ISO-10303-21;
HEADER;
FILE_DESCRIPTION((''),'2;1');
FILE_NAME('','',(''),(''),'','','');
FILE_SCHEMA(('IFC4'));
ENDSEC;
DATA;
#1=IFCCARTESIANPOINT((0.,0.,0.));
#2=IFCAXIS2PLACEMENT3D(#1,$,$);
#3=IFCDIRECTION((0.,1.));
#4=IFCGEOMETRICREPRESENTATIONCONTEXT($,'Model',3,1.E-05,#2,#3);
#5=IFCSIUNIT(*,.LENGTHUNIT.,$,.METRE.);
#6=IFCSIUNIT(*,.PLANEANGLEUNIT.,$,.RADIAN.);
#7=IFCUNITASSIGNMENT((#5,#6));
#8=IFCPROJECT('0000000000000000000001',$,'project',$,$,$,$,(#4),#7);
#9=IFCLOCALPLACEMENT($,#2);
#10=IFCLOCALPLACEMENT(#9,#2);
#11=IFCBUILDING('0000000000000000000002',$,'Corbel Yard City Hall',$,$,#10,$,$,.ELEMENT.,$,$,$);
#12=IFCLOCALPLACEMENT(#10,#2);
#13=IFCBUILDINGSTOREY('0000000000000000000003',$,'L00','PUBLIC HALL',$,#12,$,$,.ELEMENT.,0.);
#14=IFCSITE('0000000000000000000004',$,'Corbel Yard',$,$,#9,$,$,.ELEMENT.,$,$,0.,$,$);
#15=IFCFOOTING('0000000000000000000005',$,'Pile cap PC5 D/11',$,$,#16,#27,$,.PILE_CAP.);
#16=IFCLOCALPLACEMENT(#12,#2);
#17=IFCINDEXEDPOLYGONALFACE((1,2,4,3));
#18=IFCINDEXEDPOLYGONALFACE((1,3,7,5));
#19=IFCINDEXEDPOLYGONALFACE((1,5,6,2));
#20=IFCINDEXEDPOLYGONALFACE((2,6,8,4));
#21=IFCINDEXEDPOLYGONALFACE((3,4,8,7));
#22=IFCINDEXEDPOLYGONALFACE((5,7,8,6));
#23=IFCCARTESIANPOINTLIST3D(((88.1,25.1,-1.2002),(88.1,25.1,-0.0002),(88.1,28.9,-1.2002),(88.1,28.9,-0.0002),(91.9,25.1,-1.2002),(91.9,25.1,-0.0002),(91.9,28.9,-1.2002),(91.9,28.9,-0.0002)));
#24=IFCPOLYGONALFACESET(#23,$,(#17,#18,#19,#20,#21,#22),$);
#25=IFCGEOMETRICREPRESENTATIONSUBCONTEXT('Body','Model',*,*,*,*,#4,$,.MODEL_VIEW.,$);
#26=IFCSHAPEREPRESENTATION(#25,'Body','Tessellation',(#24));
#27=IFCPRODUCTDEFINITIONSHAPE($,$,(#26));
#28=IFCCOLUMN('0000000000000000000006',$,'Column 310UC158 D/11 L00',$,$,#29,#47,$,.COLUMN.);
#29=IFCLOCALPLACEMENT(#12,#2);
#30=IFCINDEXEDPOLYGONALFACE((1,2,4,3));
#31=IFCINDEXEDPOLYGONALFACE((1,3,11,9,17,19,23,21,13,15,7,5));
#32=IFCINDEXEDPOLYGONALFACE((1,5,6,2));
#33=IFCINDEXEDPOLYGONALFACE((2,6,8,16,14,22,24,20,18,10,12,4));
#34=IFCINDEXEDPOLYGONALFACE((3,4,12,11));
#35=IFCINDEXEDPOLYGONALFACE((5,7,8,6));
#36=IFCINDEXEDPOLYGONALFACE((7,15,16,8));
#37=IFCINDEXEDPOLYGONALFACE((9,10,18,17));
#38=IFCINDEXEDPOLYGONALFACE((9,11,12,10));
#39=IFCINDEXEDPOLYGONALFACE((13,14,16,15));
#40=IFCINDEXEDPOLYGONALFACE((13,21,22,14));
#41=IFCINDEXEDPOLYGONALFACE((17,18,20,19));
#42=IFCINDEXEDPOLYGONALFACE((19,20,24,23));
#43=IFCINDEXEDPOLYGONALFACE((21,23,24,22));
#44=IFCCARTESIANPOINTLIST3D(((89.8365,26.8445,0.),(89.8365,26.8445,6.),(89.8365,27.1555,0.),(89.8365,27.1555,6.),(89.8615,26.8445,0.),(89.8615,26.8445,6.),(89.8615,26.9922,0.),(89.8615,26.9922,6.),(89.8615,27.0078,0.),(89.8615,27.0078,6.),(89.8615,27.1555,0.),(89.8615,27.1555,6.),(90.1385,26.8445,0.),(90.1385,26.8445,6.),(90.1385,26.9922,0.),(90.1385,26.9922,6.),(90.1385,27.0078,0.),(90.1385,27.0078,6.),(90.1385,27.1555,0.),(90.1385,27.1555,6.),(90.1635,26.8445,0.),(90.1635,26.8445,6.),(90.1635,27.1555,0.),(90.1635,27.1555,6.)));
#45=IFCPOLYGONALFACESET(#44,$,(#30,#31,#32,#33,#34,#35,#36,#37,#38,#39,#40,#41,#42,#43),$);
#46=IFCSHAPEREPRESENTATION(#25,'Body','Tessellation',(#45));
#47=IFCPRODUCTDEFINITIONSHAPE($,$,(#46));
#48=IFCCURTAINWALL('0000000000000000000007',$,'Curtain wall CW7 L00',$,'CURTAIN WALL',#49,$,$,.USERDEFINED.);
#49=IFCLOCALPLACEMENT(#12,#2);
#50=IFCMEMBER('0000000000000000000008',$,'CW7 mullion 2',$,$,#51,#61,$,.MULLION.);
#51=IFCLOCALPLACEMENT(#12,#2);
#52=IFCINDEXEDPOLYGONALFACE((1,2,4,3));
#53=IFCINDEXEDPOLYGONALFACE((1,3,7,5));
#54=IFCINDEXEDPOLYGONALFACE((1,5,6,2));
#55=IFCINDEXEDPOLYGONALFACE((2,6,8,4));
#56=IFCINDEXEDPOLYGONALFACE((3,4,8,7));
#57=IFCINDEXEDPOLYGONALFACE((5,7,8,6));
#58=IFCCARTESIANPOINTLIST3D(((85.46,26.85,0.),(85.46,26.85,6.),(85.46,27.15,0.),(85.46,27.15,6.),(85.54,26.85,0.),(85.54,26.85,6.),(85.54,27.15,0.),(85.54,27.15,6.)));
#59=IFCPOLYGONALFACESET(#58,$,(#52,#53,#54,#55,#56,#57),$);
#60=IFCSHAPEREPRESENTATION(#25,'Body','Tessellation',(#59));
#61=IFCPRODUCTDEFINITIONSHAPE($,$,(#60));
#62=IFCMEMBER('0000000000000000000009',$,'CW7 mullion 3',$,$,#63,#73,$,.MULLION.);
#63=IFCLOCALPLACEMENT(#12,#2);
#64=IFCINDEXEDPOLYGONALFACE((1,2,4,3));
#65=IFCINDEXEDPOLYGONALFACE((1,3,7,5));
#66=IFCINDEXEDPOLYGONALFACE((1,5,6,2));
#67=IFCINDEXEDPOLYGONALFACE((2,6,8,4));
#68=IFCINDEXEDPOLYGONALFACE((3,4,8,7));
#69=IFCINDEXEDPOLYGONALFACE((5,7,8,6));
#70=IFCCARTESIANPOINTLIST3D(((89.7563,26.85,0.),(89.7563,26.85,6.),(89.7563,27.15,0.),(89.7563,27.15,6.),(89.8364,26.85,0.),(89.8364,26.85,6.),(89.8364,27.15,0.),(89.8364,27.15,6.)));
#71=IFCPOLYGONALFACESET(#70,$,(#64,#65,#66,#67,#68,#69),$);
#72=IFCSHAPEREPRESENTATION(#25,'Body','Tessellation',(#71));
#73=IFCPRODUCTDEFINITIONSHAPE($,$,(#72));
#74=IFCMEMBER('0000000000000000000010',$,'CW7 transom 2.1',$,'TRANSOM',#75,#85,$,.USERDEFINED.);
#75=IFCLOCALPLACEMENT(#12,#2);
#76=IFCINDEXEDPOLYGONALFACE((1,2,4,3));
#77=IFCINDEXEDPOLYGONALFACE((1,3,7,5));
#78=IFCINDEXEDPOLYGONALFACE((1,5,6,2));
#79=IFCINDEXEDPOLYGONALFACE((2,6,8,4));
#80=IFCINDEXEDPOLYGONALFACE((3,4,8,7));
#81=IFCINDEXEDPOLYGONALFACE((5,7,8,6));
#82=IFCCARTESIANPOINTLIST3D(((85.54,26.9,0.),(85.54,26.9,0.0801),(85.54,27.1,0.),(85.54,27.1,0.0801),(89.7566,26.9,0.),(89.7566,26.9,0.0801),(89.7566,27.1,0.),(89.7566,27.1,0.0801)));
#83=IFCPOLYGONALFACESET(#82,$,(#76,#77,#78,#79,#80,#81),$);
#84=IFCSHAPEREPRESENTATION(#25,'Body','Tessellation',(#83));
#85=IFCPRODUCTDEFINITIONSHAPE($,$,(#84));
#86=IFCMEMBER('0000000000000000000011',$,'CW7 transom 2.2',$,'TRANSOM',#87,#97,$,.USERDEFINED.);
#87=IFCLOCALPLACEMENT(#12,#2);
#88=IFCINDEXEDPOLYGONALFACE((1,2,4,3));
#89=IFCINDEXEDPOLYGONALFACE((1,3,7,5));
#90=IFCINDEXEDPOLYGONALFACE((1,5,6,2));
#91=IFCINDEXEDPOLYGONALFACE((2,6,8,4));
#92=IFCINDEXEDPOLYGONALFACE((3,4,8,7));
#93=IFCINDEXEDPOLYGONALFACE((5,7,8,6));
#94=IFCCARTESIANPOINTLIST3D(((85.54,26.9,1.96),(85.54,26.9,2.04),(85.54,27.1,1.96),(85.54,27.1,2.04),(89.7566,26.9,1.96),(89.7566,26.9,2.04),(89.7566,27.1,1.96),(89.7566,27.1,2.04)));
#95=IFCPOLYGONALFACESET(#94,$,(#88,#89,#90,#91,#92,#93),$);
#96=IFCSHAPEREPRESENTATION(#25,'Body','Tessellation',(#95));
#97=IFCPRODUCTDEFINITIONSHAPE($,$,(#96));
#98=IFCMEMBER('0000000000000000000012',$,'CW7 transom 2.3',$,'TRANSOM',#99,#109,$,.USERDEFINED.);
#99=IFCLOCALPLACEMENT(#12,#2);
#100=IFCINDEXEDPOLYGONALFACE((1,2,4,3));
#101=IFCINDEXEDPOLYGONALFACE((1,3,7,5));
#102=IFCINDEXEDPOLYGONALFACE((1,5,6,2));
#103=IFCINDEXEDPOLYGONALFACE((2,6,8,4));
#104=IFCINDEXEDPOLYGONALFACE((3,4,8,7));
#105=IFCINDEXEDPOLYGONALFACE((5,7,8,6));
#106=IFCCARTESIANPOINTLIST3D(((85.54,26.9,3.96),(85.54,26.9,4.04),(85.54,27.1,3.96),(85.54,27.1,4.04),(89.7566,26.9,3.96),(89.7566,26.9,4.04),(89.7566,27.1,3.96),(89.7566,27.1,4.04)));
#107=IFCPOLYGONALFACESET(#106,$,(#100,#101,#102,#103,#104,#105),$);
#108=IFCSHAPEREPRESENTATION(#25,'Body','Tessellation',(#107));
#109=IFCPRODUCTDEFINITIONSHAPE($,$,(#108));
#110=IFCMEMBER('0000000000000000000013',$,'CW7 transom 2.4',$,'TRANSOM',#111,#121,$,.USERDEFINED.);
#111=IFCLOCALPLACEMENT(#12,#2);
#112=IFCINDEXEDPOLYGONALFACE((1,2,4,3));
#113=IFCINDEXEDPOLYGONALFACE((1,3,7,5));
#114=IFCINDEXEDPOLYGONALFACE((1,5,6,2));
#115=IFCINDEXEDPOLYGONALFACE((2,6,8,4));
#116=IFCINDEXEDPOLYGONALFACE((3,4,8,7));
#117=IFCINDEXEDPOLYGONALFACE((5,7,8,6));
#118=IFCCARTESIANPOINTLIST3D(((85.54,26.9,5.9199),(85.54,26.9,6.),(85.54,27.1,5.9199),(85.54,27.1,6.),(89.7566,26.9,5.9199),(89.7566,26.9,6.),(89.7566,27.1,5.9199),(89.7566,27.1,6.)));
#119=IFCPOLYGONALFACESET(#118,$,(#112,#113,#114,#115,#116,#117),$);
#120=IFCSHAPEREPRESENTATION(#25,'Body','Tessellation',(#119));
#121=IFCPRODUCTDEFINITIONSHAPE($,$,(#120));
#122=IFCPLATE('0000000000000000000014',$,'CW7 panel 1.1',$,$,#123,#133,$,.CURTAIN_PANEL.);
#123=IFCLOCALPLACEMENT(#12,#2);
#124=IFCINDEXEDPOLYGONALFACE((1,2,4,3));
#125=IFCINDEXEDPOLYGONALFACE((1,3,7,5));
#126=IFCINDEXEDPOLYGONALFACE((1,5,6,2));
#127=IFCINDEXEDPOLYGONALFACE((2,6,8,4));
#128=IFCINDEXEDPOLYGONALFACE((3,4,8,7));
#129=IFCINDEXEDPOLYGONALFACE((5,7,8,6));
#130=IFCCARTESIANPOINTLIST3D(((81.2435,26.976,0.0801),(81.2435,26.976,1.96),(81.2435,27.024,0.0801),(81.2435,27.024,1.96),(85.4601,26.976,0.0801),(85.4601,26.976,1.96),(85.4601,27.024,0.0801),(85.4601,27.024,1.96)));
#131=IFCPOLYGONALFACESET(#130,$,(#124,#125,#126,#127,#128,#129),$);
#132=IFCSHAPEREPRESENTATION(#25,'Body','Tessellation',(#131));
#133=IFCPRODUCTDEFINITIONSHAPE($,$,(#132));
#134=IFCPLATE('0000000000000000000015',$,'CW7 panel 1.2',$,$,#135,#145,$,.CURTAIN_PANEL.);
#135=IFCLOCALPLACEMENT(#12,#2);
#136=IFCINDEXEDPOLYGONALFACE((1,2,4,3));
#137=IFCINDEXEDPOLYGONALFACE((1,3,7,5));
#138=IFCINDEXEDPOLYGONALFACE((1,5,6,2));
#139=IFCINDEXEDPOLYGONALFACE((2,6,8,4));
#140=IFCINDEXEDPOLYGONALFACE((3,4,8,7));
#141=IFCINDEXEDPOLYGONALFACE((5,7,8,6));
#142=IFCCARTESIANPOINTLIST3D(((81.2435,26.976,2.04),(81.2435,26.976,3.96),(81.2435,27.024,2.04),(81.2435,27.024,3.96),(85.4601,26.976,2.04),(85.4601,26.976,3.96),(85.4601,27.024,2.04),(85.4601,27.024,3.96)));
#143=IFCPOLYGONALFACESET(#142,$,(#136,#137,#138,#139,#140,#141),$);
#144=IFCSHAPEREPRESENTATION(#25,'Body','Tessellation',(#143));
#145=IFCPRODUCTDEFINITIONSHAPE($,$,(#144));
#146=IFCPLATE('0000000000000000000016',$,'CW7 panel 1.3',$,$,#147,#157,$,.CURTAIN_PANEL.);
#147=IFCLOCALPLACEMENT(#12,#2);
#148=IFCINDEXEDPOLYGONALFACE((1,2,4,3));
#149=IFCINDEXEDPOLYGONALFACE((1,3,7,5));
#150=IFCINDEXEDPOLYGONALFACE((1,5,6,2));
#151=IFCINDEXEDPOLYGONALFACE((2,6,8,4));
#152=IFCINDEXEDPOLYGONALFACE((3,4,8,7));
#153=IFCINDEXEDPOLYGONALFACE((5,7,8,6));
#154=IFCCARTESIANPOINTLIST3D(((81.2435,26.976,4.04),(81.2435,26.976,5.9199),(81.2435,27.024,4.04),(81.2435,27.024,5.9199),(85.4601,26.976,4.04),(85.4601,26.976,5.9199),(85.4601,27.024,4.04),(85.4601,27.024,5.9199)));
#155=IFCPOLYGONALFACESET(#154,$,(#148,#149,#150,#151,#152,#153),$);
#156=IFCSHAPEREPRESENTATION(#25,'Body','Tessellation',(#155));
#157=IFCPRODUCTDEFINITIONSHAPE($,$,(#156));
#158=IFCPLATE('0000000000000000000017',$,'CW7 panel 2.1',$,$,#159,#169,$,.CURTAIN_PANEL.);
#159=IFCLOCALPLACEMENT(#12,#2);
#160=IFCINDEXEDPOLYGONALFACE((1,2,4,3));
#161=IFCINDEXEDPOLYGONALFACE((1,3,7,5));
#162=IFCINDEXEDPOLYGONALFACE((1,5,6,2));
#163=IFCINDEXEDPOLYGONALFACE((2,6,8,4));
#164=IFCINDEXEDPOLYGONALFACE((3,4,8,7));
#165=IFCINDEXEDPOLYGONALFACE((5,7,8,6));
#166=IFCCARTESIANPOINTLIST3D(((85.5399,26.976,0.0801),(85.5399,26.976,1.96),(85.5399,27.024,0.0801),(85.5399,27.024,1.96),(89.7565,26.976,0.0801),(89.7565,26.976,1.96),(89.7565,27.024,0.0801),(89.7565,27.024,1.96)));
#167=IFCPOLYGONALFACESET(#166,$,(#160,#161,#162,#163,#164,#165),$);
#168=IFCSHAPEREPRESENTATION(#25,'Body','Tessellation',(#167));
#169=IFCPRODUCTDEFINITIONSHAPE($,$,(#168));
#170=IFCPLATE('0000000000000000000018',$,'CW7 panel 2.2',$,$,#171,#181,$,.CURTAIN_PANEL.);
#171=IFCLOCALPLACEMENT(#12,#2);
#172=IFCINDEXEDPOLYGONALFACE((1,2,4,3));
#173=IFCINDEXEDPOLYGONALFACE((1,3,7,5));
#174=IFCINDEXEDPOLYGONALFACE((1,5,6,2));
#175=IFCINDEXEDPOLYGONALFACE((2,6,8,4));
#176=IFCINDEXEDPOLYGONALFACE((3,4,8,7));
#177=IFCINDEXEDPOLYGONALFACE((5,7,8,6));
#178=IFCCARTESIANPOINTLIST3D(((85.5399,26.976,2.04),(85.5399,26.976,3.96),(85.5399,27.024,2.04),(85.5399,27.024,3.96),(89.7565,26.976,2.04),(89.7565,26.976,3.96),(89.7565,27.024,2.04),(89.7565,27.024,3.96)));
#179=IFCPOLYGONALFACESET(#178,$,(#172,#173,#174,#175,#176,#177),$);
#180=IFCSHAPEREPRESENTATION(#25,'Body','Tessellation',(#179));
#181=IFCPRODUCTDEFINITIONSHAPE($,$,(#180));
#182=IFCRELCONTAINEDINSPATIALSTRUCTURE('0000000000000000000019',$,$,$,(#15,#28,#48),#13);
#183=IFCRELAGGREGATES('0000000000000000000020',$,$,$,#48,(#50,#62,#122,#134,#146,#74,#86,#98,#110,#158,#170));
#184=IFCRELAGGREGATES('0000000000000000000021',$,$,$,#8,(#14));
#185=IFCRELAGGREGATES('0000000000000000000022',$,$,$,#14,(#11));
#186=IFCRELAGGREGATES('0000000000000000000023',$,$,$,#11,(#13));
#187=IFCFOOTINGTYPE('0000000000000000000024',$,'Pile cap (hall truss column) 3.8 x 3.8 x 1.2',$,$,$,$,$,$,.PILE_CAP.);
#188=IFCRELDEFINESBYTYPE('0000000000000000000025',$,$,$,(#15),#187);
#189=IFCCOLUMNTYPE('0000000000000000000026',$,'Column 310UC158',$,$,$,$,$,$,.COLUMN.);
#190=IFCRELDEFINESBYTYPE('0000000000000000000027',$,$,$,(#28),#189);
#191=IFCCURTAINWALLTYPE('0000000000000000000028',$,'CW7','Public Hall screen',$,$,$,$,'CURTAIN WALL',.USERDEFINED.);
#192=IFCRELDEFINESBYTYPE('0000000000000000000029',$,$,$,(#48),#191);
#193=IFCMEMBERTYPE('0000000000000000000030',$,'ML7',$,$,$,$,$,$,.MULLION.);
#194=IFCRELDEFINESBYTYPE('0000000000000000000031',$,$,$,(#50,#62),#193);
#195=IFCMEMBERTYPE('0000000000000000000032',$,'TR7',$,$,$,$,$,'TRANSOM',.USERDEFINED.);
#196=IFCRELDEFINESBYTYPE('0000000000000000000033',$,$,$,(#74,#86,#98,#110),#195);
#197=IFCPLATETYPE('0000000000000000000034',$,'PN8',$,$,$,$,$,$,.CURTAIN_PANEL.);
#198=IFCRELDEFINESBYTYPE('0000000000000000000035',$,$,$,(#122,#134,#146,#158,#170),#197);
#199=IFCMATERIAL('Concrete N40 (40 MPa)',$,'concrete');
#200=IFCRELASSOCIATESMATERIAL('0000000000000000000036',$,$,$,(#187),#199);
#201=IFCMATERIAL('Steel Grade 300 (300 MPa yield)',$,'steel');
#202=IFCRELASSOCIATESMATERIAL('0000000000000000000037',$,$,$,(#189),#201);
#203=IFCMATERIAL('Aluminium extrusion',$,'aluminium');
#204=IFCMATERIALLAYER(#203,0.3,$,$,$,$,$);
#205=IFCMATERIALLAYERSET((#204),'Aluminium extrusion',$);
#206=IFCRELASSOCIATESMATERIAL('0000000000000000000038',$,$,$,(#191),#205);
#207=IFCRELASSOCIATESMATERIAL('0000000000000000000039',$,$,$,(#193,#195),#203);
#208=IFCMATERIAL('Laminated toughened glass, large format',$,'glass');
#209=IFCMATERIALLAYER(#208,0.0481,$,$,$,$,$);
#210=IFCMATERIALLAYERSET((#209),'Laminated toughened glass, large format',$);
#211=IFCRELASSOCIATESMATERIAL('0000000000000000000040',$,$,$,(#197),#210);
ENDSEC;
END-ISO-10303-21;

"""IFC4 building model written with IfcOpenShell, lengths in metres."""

from ifc_helpers import new_model, si_unit, direction, frame, origin, origin_2d, place, context, subcontext, project, spatial, rectangle, i_section, extrude, material, layer, layer_set, material_profile, profile_set, type_object, element, aggregate, save


model = new_model("IFC4")

# Units and contexts
model_context = context("Model", 3, precision=1e-05, world=origin(), true_north=direction((0.0, 1.0)))
body_context = subcontext(model_context, "Body", "Model", "MODEL_VIEW")
ifc_project = project(units=[si_unit("LENGTHUNIT", "METRE"), si_unit("PLANEANGLEUNIT", "RADIAN")], contexts=[model_context])

# Site, building, storey
site_placement = place(None, origin())
site = spatial("IfcSite", under=ifc_project, at=site_placement, Name="Corbel Yard", CompositionType="ELEMENT", RefElevation=0.0)
building_placement = place(site_placement, origin())
building = spatial("IfcBuilding", under=site, at=building_placement, Name="Corbel Yard City Hall", CompositionType="ELEMENT")
storey_placement = place(building_placement, origin())
storey = spatial("IfcBuildingStorey", under=building, at=storey_placement, Name="L00", Description="PUBLIC HALL", CompositionType="ELEMENT", Elevation=0.0)

# Shared definitions
ifc_material_1 = material(Name="Concrete N40 (40 MPa)", Category="concrete")

# Footing
footing_type_1 = type_object("IfcFootingType", Name="Pile cap (hall truss column) 3.8 x 3.8 x 1.2", PredefinedType="PILE_CAP", material=ifc_material_1)
footing_placement = place(storey_placement, frame((90.0, 27.0, -1.2002), z_axis=(0.0, 0.0, 1.0), x_axis=(1.0, 0.0, 0.0)))
element("IfcFooting", 1, at=footing_placement, inside=storey, type_object=footing_type_1, Name="Pile cap PC5 D/11", PredefinedType="PILE_CAP", context=body_context, shape_type="SweptSolid", body=[
    extrude(rectangle(XDim=3.8, YDim=3.8, at=origin_2d()), origin(), (0.0, 0.0, 1.0), 1.2),
])

# Column
ifc_material_2 = material(Name="Steel Grade 300 (300 MPa yield)", Category="steel")
ifc_material_profile_1 = material_profile(ifc_material_2, i_section(OverallWidth=0.311, OverallDepth=0.3269, WebThickness=0.0156, FlangeThickness=0.0249, at=origin_2d()), Name="310UC158")
ifc_profile_set_1 = profile_set([ifc_material_profile_1], Name="Steel Grade 300 (300 MPa yield)")
column_type = type_object("IfcColumnType", Name="Column 310UC158", PredefinedType="COLUMN", material=ifc_profile_set_1)
column_placement = place(storey_placement, frame((90.0, 27.0, 0.0), z_axis=(0.0, 0.0, 1.0), x_axis=(0.0, 1.0, 0.0)))
element("IfcColumn", 2, at=column_placement, inside=storey, type_object=column_type, Name="Column 310UC158 D/11 L00", PredefinedType="COLUMN", context=body_context, shape_type="SweptSolid", body=[
    extrude(i_section(OverallWidth=0.311, OverallDepth=0.3269, WebThickness=0.0156, FlangeThickness=0.0249, at=origin_2d()), origin(), (0.0, 0.0, 1.0), 6.0),
])

# Curtain wall, members, plates
ifc_material_3 = material(Name="Aluminium extrusion", Category="aluminium")
ifc_layer_1 = layer(ifc_material_3, 0.3)
ifc_layer_set_1 = layer_set([ifc_layer_1], Name="Aluminium extrusion")
curtain_wall_type = type_object("IfcCurtainWallType", Name="CW7", Description="Public Hall screen", ElementType="CURTAIN WALL", PredefinedType="USERDEFINED", material=ifc_layer_set_1)
curtain_wall_placement = place(storey_placement, origin())
curtain_wall = element("IfcCurtainWall", 3, at=curtain_wall_placement, inside=storey, type_object=curtain_wall_type, Name="Curtain wall CW7 L00", ObjectType="CURTAIN WALL", PredefinedType="USERDEFINED")
ifc_material_profile_2 = material_profile(ifc_material_3, rectangle(XDim=0.3, YDim=0.0801, at=origin_2d()), Name="300x80")
ifc_profile_set_2 = profile_set([ifc_material_profile_2], Name="Aluminium extrusion")
member_type_1 = type_object("IfcMemberType", Name="ML7", PredefinedType="MULLION", material=ifc_profile_set_2)
member_1_placement = place(storey_placement, frame((85.5, 27.0, 0.0), z_axis=(0.0, 0.0, 1.0), x_axis=(0.0, 1.0, 0.0)))
member_1 = element("IfcMember", 4, at=member_1_placement, type_object=member_type_1, Name="CW7 mullion 2", PredefinedType="MULLION", context=body_context, shape_type="SweptSolid", body=[
    extrude(rectangle(XDim=0.3, YDim=0.0801, at=origin_2d()), origin(), (0.0, 0.0, 1.0), 6.0),
])
member_2_placement = place(storey_placement, frame((89.7964, 27.0, 0.0), z_axis=(0.0, 0.0, 1.0), x_axis=(0.0, 1.0, 0.0)))
member_2 = element("IfcMember", 5, at=member_2_placement, type_object=member_type_1, Name="CW7 mullion 3", PredefinedType="MULLION", context=body_context, shape_type="SweptSolid", body=[
    extrude(rectangle(XDim=0.3, YDim=0.0801, at=origin_2d()), origin(), (0.0, 0.0, 1.0), 6.0),
])
ifc_material_profile_3 = material_profile(ifc_material_3, rectangle(XDim=0.2, YDim=0.0801, at=origin_2d()), Name="200x80")
ifc_profile_set_3 = profile_set([ifc_material_profile_3], Name="Aluminium extrusion")
member_type_2 = type_object("IfcMemberType", Name="TR7", ElementType="TRANSOM", PredefinedType="USERDEFINED", material=ifc_profile_set_3)
member_3_placement = place(storey_placement, frame((85.54, 27.0, 0.04), z_axis=(1.0, 0.0, 0.0), x_axis=(0.0, 1.0, 0.0)))
member_3 = element("IfcMember", 6, at=member_3_placement, type_object=member_type_2, Name="CW7 transom 2.1", ObjectType="TRANSOM", PredefinedType="USERDEFINED", context=body_context, shape_type="SweptSolid", body=[
    extrude(rectangle(XDim=0.2, YDim=0.0801, at=origin_2d()), origin(), (0.0, 0.0, 1.0), 4.2166),
])
member_4_placement = place(storey_placement, frame((85.54, 27.0, 2.0), z_axis=(1.0, 0.0, 0.0), x_axis=(0.0, 1.0, 0.0)))
member_4 = element("IfcMember", 7, at=member_4_placement, type_object=member_type_2, Name="CW7 transom 2.2", ObjectType="TRANSOM", PredefinedType="USERDEFINED", context=body_context, shape_type="SweptSolid", body=[
    extrude(rectangle(XDim=0.2, YDim=0.0801, at=origin_2d()), origin(), (0.0, 0.0, 1.0), 4.2166),
])
member_5_placement = place(storey_placement, frame((85.54, 27.0, 4.0), z_axis=(1.0, 0.0, 0.0), x_axis=(0.0, 1.0, 0.0)))
member_5 = element("IfcMember", 8, at=member_5_placement, type_object=member_type_2, Name="CW7 transom 2.3", ObjectType="TRANSOM", PredefinedType="USERDEFINED", context=body_context, shape_type="SweptSolid", body=[
    extrude(rectangle(XDim=0.2, YDim=0.0801, at=origin_2d()), origin(), (0.0, 0.0, 1.0), 4.2166),
])
member_6_placement = place(storey_placement, frame((85.54, 27.0, 5.96), z_axis=(1.0, 0.0, 0.0), x_axis=(0.0, 1.0, 0.0)))
member_6 = element("IfcMember", 9, at=member_6_placement, type_object=member_type_2, Name="CW7 transom 2.4", ObjectType="TRANSOM", PredefinedType="USERDEFINED", context=body_context, shape_type="SweptSolid", body=[
    extrude(rectangle(XDim=0.2, YDim=0.0801, at=origin_2d()), origin(), (0.0, 0.0, 1.0), 4.2166),
])
ifc_material_4 = material(Name="Laminated toughened glass, large format", Category="glass")
ifc_layer_2 = layer(ifc_material_4, 0.0481)
ifc_layer_set_2 = layer_set([ifc_layer_2], Name="Laminated toughened glass, large format")
plate_type = type_object("IfcPlateType", Name="PN8", PredefinedType="CURTAIN_PANEL", material=ifc_layer_set_2)
plate_1_placement = place(storey_placement, frame((83.3518, 27.0, 0.0801), z_axis=(0.0, 0.0, 1.0), x_axis=(1.0, 0.0, 0.0)))
plate_1 = element("IfcPlate", 10, at=plate_1_placement, type_object=plate_type, Name="CW7 panel 1.1", PredefinedType="CURTAIN_PANEL", context=body_context, shape_type="SweptSolid", body=[
    extrude(rectangle(XDim=4.2166, YDim=0.0481, at=origin_2d()), origin(), (0.0, 0.0, 1.0), 1.8799),
])
plate_2_placement = place(storey_placement, frame((83.3518, 27.0, 2.04), z_axis=(0.0, 0.0, 1.0), x_axis=(1.0, 0.0, 0.0)))
plate_2 = element("IfcPlate", 11, at=plate_2_placement, type_object=plate_type, Name="CW7 panel 1.2", PredefinedType="CURTAIN_PANEL", context=body_context, shape_type="SweptSolid", body=[
    extrude(rectangle(XDim=4.2166, YDim=0.0481, at=origin_2d()), origin(), (0.0, 0.0, 1.0), 1.9199),
])
plate_3_placement = place(storey_placement, frame((83.3518, 27.0, 4.04), z_axis=(0.0, 0.0, 1.0), x_axis=(1.0, 0.0, 0.0)))
plate_3 = element("IfcPlate", 12, at=plate_3_placement, type_object=plate_type, Name="CW7 panel 1.3", PredefinedType="CURTAIN_PANEL", context=body_context, shape_type="SweptSolid", body=[
    extrude(rectangle(XDim=4.2166, YDim=0.0481, at=origin_2d()), origin(), (0.0, 0.0, 1.0), 1.8799),
])
plate_4_placement = place(storey_placement, frame((87.6482, 27.0, 0.0801), z_axis=(0.0, 0.0, 1.0), x_axis=(1.0, 0.0, 0.0)))
plate_4 = element("IfcPlate", 13, at=plate_4_placement, type_object=plate_type, Name="CW7 panel 2.1", PredefinedType="CURTAIN_PANEL", context=body_context, shape_type="SweptSolid", body=[
    extrude(rectangle(XDim=4.2166, YDim=0.0481, at=origin_2d()), origin(), (0.0, 0.0, 1.0), 1.8799),
])
plate_5_placement = place(storey_placement, frame((87.6482, 27.0, 2.04), z_axis=(0.0, 0.0, 1.0), x_axis=(1.0, 0.0, 0.0)))
plate_5 = element("IfcPlate", 14, at=plate_5_placement, type_object=plate_type, Name="CW7 panel 2.2", PredefinedType="CURTAIN_PANEL", context=body_context, shape_type="SweptSolid", body=[
    extrude(rectangle(XDim=4.2166, YDim=0.0481, at=origin_2d()), origin(), (0.0, 0.0, 1.0), 1.9199),
])
aggregate(curtain_wall, [member_1, member_2, plate_1, plate_2, plate_3, member_3, member_4, member_5, member_6, plate_4, plate_5])

save(model, "model.ifc")
